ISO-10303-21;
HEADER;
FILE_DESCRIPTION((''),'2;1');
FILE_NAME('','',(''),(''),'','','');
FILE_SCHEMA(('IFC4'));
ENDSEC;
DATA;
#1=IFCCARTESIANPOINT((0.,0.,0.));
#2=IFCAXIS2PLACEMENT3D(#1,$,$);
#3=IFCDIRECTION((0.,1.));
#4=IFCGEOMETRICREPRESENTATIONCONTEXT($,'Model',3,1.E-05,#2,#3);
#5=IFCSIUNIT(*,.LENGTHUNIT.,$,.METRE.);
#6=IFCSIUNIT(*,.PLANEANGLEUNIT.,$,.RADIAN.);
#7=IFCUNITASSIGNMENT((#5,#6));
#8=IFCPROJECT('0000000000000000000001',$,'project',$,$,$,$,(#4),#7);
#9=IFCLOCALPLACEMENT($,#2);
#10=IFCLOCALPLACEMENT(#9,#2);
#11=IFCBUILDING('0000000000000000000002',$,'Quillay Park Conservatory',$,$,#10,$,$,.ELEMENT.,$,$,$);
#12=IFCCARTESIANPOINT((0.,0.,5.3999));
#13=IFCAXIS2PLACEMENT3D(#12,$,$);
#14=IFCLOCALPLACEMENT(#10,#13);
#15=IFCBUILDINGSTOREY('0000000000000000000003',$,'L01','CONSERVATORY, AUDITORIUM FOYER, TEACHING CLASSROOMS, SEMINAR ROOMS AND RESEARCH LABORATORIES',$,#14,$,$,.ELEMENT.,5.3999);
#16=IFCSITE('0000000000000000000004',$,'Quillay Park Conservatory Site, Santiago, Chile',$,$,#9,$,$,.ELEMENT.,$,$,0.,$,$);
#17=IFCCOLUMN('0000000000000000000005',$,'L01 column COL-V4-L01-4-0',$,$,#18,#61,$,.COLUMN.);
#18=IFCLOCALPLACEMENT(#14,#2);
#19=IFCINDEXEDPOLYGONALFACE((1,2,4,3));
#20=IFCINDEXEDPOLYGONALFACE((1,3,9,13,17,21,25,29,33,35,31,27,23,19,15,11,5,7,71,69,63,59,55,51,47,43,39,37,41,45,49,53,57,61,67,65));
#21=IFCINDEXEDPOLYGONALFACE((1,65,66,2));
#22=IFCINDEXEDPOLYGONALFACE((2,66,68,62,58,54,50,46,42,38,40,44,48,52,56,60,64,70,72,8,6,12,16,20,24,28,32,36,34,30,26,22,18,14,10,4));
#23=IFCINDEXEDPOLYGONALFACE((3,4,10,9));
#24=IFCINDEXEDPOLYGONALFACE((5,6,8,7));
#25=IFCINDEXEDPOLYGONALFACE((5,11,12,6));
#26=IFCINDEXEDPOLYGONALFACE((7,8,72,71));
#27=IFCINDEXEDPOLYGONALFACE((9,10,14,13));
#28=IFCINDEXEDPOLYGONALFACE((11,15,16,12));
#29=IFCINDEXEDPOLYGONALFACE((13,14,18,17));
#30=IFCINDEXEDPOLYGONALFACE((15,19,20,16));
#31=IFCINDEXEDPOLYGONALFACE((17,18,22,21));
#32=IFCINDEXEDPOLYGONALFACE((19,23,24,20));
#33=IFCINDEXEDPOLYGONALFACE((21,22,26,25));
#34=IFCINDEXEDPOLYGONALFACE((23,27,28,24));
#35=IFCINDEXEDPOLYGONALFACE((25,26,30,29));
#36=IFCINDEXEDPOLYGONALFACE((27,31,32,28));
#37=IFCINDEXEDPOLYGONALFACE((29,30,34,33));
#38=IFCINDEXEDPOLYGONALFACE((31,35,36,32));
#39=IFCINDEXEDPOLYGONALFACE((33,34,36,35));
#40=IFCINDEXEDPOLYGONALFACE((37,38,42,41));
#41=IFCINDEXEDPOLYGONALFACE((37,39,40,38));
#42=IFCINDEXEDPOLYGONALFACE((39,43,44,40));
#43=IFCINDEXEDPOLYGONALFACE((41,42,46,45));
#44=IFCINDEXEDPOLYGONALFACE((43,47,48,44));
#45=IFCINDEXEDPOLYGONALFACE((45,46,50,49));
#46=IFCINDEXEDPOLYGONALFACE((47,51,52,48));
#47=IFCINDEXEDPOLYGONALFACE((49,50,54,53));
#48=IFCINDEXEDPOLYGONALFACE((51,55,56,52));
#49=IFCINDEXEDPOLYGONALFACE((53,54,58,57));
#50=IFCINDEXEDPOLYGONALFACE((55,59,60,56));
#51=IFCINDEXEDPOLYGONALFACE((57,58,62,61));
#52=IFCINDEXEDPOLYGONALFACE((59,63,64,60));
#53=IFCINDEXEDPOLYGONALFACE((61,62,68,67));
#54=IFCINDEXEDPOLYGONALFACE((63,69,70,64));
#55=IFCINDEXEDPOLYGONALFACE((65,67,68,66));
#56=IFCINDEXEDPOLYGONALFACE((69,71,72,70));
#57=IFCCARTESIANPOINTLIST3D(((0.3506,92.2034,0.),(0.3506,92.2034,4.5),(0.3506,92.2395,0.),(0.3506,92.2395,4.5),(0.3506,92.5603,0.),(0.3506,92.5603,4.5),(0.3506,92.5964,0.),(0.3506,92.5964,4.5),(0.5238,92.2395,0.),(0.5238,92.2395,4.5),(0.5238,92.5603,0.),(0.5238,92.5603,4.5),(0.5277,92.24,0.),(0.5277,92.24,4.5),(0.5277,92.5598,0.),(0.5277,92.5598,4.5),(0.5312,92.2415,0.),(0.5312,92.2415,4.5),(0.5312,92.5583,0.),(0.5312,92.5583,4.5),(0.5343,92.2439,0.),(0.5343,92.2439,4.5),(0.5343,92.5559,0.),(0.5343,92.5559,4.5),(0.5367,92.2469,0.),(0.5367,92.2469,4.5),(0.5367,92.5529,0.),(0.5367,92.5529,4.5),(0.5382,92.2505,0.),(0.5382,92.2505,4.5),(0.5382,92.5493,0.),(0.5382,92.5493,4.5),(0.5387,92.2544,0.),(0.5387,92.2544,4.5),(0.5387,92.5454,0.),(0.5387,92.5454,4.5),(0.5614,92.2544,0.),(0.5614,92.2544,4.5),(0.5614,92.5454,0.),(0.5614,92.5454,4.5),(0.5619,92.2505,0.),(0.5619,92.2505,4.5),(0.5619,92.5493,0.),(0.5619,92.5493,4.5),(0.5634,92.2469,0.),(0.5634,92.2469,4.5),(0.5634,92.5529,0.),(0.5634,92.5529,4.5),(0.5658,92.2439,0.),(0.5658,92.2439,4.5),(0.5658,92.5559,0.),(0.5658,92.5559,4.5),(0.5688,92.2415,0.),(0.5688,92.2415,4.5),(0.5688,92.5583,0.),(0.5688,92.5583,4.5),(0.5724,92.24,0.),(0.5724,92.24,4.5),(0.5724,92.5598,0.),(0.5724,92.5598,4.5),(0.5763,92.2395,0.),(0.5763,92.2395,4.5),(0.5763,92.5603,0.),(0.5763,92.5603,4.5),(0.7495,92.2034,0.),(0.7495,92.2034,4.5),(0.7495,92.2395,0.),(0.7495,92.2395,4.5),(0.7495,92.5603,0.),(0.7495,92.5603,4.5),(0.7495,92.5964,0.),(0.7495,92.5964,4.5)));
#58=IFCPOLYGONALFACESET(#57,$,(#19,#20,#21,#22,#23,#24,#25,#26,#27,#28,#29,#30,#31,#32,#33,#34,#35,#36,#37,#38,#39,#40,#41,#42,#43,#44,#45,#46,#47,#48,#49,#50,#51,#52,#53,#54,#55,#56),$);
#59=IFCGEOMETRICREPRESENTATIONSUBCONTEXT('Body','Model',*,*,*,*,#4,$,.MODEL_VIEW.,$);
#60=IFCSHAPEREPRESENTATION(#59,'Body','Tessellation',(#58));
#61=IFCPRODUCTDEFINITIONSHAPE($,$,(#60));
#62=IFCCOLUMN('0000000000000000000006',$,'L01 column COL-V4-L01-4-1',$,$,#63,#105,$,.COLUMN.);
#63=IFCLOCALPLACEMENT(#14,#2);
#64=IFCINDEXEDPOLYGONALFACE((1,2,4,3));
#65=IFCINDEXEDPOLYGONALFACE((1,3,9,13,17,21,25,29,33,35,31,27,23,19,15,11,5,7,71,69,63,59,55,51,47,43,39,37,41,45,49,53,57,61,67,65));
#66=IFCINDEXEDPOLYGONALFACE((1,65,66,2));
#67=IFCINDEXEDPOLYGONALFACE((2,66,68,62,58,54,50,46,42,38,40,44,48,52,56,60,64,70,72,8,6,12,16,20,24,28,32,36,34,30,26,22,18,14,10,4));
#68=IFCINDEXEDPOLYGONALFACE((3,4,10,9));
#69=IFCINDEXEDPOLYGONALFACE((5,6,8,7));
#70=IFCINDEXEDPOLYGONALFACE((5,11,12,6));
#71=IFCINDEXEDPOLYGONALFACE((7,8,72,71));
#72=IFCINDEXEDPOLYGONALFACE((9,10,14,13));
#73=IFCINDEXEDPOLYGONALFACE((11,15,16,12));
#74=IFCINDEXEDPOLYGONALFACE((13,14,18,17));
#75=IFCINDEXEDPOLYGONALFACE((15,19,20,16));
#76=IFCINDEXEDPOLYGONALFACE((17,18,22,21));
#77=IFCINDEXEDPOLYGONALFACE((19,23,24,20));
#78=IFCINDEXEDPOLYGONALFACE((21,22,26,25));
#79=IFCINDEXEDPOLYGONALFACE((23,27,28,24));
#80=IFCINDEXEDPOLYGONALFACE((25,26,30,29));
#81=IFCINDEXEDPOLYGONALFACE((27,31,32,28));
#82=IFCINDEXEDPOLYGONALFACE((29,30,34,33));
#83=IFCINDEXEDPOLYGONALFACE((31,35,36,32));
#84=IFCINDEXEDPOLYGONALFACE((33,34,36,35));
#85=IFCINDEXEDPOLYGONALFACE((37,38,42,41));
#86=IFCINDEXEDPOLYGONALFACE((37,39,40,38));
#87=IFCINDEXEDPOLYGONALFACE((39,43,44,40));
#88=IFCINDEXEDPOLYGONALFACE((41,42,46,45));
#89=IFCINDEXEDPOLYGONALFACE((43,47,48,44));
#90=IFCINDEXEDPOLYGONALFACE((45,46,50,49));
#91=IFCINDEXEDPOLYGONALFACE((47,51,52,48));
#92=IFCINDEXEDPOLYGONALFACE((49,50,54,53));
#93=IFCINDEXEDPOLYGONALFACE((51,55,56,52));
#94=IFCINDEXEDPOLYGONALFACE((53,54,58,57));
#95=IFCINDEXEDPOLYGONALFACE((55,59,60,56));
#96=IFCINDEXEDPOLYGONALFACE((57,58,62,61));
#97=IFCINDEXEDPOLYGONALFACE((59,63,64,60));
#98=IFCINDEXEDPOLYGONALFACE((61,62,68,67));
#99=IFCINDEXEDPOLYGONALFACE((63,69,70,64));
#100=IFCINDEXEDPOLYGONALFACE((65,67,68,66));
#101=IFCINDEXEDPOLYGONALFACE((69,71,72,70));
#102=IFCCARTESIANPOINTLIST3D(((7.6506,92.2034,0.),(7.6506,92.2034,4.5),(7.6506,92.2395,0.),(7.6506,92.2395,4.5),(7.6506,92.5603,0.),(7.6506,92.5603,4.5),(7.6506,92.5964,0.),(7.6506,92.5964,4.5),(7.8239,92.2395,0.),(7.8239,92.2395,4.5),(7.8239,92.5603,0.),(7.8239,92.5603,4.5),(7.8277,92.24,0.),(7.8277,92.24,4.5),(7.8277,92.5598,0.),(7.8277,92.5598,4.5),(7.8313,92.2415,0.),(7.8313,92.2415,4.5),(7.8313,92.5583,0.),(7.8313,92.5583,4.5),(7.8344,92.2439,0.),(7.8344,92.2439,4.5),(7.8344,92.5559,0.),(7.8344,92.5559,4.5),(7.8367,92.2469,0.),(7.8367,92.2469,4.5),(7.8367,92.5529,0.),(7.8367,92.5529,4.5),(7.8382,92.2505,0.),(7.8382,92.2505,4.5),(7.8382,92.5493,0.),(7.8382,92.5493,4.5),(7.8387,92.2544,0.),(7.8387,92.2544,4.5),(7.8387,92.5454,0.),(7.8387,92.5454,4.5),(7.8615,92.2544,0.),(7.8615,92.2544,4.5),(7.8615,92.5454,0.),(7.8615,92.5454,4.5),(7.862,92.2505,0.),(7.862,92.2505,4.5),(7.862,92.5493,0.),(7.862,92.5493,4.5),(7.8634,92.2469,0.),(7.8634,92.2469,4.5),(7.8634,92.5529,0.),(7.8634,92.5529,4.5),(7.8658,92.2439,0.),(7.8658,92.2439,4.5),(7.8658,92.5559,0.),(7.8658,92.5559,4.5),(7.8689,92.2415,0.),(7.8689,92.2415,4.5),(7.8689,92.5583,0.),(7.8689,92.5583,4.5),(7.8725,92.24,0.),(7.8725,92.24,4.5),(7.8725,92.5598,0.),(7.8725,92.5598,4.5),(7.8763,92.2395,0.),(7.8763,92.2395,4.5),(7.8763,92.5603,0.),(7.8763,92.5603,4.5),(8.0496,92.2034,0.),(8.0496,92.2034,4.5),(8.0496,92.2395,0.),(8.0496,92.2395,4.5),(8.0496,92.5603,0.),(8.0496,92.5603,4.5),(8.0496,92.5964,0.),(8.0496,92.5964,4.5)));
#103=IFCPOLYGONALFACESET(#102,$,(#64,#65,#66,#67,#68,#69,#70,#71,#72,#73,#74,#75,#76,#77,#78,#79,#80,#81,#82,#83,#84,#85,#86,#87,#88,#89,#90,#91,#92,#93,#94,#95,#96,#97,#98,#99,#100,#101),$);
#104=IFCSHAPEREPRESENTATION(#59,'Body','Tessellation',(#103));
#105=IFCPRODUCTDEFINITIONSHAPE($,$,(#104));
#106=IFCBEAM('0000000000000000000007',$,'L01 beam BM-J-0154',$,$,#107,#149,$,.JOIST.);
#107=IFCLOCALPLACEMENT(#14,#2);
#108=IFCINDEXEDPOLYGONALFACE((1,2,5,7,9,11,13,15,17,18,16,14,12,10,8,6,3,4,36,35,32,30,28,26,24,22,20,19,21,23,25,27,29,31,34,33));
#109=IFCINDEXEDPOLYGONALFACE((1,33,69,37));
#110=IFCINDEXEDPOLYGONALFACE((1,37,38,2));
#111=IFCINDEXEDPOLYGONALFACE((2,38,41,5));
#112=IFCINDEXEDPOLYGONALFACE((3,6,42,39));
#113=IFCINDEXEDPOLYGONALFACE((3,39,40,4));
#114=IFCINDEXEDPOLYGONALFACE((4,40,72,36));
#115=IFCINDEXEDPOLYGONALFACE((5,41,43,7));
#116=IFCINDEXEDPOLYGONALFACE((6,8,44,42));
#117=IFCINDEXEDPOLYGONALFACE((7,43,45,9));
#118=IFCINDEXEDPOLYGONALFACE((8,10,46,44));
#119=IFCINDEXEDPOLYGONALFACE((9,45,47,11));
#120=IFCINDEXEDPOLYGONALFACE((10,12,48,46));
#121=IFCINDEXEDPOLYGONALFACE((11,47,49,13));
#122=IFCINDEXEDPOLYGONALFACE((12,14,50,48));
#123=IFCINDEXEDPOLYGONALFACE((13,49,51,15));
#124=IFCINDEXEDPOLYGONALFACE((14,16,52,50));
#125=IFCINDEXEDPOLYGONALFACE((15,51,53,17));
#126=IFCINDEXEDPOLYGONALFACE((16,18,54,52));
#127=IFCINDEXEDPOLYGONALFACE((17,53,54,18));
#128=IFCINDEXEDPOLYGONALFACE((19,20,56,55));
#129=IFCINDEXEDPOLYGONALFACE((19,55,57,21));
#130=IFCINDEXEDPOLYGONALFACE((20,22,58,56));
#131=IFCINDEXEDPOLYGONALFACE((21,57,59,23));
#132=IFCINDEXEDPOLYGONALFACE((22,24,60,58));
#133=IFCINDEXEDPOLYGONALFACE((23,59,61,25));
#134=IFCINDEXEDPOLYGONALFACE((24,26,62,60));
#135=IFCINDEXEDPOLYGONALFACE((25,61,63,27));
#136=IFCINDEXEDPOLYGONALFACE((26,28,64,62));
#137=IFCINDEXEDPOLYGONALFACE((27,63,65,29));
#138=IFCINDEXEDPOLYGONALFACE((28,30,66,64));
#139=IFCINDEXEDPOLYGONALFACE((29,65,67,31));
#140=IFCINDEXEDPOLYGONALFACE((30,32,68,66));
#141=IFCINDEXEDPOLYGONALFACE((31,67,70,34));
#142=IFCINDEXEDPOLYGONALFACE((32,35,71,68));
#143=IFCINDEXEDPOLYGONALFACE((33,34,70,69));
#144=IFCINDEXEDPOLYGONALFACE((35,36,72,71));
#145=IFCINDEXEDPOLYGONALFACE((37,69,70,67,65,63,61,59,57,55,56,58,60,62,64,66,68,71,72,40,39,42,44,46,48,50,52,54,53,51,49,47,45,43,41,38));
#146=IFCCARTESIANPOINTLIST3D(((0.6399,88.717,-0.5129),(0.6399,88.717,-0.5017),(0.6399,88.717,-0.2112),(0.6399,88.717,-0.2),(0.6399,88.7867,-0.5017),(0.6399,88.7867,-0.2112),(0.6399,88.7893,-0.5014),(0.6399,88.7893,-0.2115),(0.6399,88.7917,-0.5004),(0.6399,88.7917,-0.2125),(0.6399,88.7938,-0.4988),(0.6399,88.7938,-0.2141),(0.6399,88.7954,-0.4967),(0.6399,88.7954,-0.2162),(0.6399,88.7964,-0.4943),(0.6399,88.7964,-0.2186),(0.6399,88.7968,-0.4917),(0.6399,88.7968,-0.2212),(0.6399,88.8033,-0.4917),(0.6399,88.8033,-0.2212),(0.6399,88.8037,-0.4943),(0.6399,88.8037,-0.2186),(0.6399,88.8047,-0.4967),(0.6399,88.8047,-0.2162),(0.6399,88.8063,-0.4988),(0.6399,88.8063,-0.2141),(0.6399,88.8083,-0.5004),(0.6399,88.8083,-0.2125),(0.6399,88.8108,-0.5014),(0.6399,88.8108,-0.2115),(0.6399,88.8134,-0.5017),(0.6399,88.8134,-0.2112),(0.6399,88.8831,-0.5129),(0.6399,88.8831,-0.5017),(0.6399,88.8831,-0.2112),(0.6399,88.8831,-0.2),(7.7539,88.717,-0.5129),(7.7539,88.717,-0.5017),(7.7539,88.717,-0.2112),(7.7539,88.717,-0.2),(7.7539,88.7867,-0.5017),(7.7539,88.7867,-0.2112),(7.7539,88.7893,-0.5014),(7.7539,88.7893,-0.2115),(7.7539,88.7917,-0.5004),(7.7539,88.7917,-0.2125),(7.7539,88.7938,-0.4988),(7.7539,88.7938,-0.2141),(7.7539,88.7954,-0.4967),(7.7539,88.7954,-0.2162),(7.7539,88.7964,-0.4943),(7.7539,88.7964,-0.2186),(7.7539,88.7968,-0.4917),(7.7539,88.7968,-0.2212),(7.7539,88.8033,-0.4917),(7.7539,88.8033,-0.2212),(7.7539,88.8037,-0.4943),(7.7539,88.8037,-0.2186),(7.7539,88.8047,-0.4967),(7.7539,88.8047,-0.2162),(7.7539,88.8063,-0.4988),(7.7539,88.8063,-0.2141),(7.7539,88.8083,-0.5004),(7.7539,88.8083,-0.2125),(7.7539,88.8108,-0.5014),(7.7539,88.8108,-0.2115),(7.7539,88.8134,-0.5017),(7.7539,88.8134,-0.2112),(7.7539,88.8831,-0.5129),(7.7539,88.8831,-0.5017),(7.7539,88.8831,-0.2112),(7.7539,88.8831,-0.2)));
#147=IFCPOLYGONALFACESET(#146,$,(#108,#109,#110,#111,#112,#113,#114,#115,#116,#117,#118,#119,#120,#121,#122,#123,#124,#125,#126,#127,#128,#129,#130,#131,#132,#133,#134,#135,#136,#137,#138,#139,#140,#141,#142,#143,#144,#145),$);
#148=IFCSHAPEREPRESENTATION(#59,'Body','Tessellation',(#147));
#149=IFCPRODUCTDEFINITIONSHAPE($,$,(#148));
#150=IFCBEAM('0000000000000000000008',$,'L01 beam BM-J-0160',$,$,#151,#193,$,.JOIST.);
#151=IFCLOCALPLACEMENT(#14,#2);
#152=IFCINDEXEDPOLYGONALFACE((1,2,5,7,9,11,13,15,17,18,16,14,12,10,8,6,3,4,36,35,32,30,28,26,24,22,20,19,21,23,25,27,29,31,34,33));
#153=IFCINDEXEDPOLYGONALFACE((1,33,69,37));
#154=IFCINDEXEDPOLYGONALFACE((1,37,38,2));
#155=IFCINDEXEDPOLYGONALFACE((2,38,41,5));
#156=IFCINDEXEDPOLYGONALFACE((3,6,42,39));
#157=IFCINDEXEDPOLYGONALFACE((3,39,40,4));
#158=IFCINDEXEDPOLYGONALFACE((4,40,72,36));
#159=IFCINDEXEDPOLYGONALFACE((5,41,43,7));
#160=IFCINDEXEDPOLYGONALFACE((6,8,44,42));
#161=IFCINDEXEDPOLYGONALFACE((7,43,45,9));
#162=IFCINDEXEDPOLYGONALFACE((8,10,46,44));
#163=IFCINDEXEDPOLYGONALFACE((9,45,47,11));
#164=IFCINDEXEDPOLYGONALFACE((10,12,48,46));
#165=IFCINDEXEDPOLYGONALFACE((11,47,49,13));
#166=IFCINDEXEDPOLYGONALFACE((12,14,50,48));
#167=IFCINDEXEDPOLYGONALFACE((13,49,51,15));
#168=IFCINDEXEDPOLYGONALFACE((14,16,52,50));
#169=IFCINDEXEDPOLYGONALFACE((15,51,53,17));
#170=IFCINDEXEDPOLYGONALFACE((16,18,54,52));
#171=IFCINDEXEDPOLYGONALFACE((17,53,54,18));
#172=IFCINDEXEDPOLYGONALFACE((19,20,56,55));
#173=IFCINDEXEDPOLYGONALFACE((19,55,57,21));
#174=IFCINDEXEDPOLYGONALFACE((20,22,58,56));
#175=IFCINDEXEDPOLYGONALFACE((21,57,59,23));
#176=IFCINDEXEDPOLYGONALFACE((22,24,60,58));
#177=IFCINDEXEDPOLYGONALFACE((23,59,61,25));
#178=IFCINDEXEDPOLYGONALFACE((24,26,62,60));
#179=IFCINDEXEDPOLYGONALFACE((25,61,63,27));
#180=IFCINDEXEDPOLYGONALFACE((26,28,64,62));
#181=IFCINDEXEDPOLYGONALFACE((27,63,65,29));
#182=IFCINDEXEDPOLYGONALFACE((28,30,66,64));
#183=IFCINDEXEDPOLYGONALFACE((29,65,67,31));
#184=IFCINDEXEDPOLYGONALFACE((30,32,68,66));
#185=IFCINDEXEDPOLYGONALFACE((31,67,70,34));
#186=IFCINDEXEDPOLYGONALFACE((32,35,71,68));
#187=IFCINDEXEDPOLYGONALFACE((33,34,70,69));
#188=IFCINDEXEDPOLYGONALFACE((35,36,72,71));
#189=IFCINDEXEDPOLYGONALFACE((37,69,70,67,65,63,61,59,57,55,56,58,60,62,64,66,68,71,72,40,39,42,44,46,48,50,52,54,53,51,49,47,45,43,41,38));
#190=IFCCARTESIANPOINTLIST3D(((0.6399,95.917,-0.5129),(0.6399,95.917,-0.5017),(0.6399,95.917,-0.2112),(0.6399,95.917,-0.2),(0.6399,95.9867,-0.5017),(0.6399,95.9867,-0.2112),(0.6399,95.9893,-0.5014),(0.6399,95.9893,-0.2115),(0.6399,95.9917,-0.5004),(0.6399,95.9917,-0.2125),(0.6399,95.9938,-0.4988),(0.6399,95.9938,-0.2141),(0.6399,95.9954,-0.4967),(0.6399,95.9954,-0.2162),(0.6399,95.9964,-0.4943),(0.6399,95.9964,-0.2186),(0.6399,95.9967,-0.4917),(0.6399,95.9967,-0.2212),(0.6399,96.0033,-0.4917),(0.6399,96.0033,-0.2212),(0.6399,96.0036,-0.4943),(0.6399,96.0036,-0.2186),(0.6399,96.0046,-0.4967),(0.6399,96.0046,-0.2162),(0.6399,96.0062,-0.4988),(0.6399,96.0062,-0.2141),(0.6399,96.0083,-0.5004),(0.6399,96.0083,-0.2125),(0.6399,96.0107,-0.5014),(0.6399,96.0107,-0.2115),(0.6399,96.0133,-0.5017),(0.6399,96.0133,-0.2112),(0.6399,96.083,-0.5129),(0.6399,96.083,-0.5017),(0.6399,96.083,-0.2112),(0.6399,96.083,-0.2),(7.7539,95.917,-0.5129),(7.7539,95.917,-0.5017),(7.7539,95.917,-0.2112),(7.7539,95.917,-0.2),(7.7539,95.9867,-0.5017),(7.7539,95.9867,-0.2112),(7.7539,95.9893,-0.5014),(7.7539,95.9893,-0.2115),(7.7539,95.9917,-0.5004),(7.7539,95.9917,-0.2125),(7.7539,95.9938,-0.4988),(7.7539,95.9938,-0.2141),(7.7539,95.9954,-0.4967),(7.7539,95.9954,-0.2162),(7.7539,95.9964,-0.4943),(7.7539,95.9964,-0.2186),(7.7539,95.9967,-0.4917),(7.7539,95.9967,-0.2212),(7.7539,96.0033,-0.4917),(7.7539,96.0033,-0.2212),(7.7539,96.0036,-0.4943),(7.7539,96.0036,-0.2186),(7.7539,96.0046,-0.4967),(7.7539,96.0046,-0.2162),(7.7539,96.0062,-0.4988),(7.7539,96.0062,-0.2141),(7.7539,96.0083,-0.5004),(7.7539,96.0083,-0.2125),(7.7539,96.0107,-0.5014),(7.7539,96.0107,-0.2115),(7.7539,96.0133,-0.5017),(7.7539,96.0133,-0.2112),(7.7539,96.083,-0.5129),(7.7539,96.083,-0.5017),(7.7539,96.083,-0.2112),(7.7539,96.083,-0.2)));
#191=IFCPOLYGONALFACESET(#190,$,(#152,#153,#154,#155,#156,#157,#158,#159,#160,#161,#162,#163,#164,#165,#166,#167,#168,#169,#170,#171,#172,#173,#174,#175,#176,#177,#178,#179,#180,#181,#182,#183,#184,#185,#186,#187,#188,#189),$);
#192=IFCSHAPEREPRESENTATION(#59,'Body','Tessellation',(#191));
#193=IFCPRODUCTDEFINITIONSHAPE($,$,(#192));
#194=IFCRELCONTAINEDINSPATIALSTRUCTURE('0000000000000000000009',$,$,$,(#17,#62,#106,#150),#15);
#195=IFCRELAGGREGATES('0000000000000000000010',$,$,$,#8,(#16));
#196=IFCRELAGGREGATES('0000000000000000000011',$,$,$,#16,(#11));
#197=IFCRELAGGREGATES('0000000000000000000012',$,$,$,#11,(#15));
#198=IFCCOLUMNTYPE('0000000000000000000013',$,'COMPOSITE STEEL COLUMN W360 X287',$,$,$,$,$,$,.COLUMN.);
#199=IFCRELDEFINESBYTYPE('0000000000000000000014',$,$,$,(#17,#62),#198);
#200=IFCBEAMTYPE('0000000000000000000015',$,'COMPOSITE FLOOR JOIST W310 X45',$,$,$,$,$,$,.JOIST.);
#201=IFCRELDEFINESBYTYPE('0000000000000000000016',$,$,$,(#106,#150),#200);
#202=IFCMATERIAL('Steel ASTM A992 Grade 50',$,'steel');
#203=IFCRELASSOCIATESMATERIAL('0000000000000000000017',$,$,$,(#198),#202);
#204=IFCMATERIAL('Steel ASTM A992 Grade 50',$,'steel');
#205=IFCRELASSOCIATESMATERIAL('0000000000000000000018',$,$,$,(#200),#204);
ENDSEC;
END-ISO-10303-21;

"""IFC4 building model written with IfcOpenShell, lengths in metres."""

from ifc_helpers import new_model, si_unit, direction, frame, origin, origin_2d, place, context, subcontext, project, spatial, i_section, extrude, material, material_profile, profile_set, type_object, element, save


model = new_model("IFC4")

# Units and contexts
model_context = context("Model", 3, precision=1e-05, world=origin(), true_north=direction((0.0, 1.0)))
body_context = subcontext(model_context, "Body", "Model", "MODEL_VIEW")
ifc_project = project(units=[si_unit("LENGTHUNIT", "METRE"), si_unit("PLANEANGLEUNIT", "RADIAN")], contexts=[model_context])

# Site, building, storey
site_placement = place(None, origin())
site = spatial("IfcSite", under=ifc_project, at=site_placement, Name="Quillay Park Conservatory Site, Santiago, Chile", CompositionType="ELEMENT", RefElevation=0.0)
building_placement = place(site_placement, origin())
building = spatial("IfcBuilding", under=site, at=building_placement, Name="Quillay Park Conservatory", CompositionType="ELEMENT")
storey_placement = place(building_placement, frame((0.0, 0.0, 5.3999)))
storey = spatial("IfcBuildingStorey", under=building, at=storey_placement, Name="L01", Description="CONSERVATORY, AUDITORIUM FOYER, TEACHING CLASSROOMS, SEMINAR ROOMS AND RESEARCH LABORATORIES", CompositionType="ELEMENT", Elevation=5.3999)

# Columns
ifc_material_1 = material(Name="Steel ASTM A992 Grade 50", Category="steel")
ifc_material_profile_1 = material_profile(ifc_material_1, i_section(OverallWidth=0.3989, OverallDepth=0.3931, WebThickness=0.0227, FlangeThickness=0.0361, FilletRadius=0.0149, at=origin_2d()), Name="W360x287")
ifc_profile_set_1 = profile_set([ifc_material_profile_1], Name="Steel ASTM A992 Grade 50")
column_type = type_object("IfcColumnType", Name="COMPOSITE STEEL COLUMN W360 X287", PredefinedType="COLUMN", material=ifc_profile_set_1)
for number, where, z_axis, x_axis, name in (
    (1, (0.55, 92.3999, 0.0), (0.0, 0.0, 1.0), (1.0, 0.0, 0.0), "L01 column COL-V4-L01-4-0"),
    (2, (7.8501, 92.3999, 0.0), (0.0, 0.0, 1.0), (1.0, 0.0, 0.0), "L01 column COL-V4-L01-4-1"),
):
    element("IfcColumn", number, at=place(storey_placement, frame(where, z_axis=z_axis, x_axis=x_axis)), inside=storey, type_object=column_type, Name=name, PredefinedType="COLUMN", context=body_context, shape_type="SweptSolid", body=[
        extrude(i_section(OverallWidth=0.3989, OverallDepth=0.3931, WebThickness=0.0227, FlangeThickness=0.0361, FilletRadius=0.0149, at=origin_2d()), origin(), (0.0, 0.0, 1.0), 4.5),
    ])

# Beams
ifc_material_2 = material(Name="Steel ASTM A992 Grade 50", Category="steel")
ifc_material_profile_2 = material_profile(ifc_material_2, i_section(OverallWidth=0.166, OverallDepth=0.313, WebThickness=0.0066, FlangeThickness=0.0112, FilletRadius=0.01, at=origin_2d()), Name="W310x45")
ifc_profile_set_2 = profile_set([ifc_material_profile_2], Name="Steel ASTM A992 Grade 50")
beam_type_1 = type_object("IfcBeamType", Name="COMPOSITE FLOOR JOIST W310 X45", PredefinedType="JOIST", material=ifc_profile_set_2)
for number, where, z_axis, x_axis, name in (
    (3, (0.6399, 88.8, -0.3564), (1.0, 0.0, 0.0), (0.0, 1.0, 0.0), "L01 beam BM-J-0154"),
    (4, (0.6399, 96.0, -0.3564), (1.0, 0.0, 0.0), (0.0, 1.0, 0.0), "L01 beam BM-J-0160"),
):
    element("IfcBeam", number, at=place(storey_placement, frame(where, z_axis=z_axis, x_axis=x_axis)), inside=storey, type_object=beam_type_1, Name=name, PredefinedType="JOIST", context=body_context, shape_type="SweptSolid", body=[
        extrude(i_section(OverallWidth=0.166, OverallDepth=0.313, WebThickness=0.0066, FlangeThickness=0.0112, FilletRadius=0.01, at=origin_2d()), origin(), (0.0, 0.0, 1.0), 7.114),
    ])

save(model, "model.ifc")
